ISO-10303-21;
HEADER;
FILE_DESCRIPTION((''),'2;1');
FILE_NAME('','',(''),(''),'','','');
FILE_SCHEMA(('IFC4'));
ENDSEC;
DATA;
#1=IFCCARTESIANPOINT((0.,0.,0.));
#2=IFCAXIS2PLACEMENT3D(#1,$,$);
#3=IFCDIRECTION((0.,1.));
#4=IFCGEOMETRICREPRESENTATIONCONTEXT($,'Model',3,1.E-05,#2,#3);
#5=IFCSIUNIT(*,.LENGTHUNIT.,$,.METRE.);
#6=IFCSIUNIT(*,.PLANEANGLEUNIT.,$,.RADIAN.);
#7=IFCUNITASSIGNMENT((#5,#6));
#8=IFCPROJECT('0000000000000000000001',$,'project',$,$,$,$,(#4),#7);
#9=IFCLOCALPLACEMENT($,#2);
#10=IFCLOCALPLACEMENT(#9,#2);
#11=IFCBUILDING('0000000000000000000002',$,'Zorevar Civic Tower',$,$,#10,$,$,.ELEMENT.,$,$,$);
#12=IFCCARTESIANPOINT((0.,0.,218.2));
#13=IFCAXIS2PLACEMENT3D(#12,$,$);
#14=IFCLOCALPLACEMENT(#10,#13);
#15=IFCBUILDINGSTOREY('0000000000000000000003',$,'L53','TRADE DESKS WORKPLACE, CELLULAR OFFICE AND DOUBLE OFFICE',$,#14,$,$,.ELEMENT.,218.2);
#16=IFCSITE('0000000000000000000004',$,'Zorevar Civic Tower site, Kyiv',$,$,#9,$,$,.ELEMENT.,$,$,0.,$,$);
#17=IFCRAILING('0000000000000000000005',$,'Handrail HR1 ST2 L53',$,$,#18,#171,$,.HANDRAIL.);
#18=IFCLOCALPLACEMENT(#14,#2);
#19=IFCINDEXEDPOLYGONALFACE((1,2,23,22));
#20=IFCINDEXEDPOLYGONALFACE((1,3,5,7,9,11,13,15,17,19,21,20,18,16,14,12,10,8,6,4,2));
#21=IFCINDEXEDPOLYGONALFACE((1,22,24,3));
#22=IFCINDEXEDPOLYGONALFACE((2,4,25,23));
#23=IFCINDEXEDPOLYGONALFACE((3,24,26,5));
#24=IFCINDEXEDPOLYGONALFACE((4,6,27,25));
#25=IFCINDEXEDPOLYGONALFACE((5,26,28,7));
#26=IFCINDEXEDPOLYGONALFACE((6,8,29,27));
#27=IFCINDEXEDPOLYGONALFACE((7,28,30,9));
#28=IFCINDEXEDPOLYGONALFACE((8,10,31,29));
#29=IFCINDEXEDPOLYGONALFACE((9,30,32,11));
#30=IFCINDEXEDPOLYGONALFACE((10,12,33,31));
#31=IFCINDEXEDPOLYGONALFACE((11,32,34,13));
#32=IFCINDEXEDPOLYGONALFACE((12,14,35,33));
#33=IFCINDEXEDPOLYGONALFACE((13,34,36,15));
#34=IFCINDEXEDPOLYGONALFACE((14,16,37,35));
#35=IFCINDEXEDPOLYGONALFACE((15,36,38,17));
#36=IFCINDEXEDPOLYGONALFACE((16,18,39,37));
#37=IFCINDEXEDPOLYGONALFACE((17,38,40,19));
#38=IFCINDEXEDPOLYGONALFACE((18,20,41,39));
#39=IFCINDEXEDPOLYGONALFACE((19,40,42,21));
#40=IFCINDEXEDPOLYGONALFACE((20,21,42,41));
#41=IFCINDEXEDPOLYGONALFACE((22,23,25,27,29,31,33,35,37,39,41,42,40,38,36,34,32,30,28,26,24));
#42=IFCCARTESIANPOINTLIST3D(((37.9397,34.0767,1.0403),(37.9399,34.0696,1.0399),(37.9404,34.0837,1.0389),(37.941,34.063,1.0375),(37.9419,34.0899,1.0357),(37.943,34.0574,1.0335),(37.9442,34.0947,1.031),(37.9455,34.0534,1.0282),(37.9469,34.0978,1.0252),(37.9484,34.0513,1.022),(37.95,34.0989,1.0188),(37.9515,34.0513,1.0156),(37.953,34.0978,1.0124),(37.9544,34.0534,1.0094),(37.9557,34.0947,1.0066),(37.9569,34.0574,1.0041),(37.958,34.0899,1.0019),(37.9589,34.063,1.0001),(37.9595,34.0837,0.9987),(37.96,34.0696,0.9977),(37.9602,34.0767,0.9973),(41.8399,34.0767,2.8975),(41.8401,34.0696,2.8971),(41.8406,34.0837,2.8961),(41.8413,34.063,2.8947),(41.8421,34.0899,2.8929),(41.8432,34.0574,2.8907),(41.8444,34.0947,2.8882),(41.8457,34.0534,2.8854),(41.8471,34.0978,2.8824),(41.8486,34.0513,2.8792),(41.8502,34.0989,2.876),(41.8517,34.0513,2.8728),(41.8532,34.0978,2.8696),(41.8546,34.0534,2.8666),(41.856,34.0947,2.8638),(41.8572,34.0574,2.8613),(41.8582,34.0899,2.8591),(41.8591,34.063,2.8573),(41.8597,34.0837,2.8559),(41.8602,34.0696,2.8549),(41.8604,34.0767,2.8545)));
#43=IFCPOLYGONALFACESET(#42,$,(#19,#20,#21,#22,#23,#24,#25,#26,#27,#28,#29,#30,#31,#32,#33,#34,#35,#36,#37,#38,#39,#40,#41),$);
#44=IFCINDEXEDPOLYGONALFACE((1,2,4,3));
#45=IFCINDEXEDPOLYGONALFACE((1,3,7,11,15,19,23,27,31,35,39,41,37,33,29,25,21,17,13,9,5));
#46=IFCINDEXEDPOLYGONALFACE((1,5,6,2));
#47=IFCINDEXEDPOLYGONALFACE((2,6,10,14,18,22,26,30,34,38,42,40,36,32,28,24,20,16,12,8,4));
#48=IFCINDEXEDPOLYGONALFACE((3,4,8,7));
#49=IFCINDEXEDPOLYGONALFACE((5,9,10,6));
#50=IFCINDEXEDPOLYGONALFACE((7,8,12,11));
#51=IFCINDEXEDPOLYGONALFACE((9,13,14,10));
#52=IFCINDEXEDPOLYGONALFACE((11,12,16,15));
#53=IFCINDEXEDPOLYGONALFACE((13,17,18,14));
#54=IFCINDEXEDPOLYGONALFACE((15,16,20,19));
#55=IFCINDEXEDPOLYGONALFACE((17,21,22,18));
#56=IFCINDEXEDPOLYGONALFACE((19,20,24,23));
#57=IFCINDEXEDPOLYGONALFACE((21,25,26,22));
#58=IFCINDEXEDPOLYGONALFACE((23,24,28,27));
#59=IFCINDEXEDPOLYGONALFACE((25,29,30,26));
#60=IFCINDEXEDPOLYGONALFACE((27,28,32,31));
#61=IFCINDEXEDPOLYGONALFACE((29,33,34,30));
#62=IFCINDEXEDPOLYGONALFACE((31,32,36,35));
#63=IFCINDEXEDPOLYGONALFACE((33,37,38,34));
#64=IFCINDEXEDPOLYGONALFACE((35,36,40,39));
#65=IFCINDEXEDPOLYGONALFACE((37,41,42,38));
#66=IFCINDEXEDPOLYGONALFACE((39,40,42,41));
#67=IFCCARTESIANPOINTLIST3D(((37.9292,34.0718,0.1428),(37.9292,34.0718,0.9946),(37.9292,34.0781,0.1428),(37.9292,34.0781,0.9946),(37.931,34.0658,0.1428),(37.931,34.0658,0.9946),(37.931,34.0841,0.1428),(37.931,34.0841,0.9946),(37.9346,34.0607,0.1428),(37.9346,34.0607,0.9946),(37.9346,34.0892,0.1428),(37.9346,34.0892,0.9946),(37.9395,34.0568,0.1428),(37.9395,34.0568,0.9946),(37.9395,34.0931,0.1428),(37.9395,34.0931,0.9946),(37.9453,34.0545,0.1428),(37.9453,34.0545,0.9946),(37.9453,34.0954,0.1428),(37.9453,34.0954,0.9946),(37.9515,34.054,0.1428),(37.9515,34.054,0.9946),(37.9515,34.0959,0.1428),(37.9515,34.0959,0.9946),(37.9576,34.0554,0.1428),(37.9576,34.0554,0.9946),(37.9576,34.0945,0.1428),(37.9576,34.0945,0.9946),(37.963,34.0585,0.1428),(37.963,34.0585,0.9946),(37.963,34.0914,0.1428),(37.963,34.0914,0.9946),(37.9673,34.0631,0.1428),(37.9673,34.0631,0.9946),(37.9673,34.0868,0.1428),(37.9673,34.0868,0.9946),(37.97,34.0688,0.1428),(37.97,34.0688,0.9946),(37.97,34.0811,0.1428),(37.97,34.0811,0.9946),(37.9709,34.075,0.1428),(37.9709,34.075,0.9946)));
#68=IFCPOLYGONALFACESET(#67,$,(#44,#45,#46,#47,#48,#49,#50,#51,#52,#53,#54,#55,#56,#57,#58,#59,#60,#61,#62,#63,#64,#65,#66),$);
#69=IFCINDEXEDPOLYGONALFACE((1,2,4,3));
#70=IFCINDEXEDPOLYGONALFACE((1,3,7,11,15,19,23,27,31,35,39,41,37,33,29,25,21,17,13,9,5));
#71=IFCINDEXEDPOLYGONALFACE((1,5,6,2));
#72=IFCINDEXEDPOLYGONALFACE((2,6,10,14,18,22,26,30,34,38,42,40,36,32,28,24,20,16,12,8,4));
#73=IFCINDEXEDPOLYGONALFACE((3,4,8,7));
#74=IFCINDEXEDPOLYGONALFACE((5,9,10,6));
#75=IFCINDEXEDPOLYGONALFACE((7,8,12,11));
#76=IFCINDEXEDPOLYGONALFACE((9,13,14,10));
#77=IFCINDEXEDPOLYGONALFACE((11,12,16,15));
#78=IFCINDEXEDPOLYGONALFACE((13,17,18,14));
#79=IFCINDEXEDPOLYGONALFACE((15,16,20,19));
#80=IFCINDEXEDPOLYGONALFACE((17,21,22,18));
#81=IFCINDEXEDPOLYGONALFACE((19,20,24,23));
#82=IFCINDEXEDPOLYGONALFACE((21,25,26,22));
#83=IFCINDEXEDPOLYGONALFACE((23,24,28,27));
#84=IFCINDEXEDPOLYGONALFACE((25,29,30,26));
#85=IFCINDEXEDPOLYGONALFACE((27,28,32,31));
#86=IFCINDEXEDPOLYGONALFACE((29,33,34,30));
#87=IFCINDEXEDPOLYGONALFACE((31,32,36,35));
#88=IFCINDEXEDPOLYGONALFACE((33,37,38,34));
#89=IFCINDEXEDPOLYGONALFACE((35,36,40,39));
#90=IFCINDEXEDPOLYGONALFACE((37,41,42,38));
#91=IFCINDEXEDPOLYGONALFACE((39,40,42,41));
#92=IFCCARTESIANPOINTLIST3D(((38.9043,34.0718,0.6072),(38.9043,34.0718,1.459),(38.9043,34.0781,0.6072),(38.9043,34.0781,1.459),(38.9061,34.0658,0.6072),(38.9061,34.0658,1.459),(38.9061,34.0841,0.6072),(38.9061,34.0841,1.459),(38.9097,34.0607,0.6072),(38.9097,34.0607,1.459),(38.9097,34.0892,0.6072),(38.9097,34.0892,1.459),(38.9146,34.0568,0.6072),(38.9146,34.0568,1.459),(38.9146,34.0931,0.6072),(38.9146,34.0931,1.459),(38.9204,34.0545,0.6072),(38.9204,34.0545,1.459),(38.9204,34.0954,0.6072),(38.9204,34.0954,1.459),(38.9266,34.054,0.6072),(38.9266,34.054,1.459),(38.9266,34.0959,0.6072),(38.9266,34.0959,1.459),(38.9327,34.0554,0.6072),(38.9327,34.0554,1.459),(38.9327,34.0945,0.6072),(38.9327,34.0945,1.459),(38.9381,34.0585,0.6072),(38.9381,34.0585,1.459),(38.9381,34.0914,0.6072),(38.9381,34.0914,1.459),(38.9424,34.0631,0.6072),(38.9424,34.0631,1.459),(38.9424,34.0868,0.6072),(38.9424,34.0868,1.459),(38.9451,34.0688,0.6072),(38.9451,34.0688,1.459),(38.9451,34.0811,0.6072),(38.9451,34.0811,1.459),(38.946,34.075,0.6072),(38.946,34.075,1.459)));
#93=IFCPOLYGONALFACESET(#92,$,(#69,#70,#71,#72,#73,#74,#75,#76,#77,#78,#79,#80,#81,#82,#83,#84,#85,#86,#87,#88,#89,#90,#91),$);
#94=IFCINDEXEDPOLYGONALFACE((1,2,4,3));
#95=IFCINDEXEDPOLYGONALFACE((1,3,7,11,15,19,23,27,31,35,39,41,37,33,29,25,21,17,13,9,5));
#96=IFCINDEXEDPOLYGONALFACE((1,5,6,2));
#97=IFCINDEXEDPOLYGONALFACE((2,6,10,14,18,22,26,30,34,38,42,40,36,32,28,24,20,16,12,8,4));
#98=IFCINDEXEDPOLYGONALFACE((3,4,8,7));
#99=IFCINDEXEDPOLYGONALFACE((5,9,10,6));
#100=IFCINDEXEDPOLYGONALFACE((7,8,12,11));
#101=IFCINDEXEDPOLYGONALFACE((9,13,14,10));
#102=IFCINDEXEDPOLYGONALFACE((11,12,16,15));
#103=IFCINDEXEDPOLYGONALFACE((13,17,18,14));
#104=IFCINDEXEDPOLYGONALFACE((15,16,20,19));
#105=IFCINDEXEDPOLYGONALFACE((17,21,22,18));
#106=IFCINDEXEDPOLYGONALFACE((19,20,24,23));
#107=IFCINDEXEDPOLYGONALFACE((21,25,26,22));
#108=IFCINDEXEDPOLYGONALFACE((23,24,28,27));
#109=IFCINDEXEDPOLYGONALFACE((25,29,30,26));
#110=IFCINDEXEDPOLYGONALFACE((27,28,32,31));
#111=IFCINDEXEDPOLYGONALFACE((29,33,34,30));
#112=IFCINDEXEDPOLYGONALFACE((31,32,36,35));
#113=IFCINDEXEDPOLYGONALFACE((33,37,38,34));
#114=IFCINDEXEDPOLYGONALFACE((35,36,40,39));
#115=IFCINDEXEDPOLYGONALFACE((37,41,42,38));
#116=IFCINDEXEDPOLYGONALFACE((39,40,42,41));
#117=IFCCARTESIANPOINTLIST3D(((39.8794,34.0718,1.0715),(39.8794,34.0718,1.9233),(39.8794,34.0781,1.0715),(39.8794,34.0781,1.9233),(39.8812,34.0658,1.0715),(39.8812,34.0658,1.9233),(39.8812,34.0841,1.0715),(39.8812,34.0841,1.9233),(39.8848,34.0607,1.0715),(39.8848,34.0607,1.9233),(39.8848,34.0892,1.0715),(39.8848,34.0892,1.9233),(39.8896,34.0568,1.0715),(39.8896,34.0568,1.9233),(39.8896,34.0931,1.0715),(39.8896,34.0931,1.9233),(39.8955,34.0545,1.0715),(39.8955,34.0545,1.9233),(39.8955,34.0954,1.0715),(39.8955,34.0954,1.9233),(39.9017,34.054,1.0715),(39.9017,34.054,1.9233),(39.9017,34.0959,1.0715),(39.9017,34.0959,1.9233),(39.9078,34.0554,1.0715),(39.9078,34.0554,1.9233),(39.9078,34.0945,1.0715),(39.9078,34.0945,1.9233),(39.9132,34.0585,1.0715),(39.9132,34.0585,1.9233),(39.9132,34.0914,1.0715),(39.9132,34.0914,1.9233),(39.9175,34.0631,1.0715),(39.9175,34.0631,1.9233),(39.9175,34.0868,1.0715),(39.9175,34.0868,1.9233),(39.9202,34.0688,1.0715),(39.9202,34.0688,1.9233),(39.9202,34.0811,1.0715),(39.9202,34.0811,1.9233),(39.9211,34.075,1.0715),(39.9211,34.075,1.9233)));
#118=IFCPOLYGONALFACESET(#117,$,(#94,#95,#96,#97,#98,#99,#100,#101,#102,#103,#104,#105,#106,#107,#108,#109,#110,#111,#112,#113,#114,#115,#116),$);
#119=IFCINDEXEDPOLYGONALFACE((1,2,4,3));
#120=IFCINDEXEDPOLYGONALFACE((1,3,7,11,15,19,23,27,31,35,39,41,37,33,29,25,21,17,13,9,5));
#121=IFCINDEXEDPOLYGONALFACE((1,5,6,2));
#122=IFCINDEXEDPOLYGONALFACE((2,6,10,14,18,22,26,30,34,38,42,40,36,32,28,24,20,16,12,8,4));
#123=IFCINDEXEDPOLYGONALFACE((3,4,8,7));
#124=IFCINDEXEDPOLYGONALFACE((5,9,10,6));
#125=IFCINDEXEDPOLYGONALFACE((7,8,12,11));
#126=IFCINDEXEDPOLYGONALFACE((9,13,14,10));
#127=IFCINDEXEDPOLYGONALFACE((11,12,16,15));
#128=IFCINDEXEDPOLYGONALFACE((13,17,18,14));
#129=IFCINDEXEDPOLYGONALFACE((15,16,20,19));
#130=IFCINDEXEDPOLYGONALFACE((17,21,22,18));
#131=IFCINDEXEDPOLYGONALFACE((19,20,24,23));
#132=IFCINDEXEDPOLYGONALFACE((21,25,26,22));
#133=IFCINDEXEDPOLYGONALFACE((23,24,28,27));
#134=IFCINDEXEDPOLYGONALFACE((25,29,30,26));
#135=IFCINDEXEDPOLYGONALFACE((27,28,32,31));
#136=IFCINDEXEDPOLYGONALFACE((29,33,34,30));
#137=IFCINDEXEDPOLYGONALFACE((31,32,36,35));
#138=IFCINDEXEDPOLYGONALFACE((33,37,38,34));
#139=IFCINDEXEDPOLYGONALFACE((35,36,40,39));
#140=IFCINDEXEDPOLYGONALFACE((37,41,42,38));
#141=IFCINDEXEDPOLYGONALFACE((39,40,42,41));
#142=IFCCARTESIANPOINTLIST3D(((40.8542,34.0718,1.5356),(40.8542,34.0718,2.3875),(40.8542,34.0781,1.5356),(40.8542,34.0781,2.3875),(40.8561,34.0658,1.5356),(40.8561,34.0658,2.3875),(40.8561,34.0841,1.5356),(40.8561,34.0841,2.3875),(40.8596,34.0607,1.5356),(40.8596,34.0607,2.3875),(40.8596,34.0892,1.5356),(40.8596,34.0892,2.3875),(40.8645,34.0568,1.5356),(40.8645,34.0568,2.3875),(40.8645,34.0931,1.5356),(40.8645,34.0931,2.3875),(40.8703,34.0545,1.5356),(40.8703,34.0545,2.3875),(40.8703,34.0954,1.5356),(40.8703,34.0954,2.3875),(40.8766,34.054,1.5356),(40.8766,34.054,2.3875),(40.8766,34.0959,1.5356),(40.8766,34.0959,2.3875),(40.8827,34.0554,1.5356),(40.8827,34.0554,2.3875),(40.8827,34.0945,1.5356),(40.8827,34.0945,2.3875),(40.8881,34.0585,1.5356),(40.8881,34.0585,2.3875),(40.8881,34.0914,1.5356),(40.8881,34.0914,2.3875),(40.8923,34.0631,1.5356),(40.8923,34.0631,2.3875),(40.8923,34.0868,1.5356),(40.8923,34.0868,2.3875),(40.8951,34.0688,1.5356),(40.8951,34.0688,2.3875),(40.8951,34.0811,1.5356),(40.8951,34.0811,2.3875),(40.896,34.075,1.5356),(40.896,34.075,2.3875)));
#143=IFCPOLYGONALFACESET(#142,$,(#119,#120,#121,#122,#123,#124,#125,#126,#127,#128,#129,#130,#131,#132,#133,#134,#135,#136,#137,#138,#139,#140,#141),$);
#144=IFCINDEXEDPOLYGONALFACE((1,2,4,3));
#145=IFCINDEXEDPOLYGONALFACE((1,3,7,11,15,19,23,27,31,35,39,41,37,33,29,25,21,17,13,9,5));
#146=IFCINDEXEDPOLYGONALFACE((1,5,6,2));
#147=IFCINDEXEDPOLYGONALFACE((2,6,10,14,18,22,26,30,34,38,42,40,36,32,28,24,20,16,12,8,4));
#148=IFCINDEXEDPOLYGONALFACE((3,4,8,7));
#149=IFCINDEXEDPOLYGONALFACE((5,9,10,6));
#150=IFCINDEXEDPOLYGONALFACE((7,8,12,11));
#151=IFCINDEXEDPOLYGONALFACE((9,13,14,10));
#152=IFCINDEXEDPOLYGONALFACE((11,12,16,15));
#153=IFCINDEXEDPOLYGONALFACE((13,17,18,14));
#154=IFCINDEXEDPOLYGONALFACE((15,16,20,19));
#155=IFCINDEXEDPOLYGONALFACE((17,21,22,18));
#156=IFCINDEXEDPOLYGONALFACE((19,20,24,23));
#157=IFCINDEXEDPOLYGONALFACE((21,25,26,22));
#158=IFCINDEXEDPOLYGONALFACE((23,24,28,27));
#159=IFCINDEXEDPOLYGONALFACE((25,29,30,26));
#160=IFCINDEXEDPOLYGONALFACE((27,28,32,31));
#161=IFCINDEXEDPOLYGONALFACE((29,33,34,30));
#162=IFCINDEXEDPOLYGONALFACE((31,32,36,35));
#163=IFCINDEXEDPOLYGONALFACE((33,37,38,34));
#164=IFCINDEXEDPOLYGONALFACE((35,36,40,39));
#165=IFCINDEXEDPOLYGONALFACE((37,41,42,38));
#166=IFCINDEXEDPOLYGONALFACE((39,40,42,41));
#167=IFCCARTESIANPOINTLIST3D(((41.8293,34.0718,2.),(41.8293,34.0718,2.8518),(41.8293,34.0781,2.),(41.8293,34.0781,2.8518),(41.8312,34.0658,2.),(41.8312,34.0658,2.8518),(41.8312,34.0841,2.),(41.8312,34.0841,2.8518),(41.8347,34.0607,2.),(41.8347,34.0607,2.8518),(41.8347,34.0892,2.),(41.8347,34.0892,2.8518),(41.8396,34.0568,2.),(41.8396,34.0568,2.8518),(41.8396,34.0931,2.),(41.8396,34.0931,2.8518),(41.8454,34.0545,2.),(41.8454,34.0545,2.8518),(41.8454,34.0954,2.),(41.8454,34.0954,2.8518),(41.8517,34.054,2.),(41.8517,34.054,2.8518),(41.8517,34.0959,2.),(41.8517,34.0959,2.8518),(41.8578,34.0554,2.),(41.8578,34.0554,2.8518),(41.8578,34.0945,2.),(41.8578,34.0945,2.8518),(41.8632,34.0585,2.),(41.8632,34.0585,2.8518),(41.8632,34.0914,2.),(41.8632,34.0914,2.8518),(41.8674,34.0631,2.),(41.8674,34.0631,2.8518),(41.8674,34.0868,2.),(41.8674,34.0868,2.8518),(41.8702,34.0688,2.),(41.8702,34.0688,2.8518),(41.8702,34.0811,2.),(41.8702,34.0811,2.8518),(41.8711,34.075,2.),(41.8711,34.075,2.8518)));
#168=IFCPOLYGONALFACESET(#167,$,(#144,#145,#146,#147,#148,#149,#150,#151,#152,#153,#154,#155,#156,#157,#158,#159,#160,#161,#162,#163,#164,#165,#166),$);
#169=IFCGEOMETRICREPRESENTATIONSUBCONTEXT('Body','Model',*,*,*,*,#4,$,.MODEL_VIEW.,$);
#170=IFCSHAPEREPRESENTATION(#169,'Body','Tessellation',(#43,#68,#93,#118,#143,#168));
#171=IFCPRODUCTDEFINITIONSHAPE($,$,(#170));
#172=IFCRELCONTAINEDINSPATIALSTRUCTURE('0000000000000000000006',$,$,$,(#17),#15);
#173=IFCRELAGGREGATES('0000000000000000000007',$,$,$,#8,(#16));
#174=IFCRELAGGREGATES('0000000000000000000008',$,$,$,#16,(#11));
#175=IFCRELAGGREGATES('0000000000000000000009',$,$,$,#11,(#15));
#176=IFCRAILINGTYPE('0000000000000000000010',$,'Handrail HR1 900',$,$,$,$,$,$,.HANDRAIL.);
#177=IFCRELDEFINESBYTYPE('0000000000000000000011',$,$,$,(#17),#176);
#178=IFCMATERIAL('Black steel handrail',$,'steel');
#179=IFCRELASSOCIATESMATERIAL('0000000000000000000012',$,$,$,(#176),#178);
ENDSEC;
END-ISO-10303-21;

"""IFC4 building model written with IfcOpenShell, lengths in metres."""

from ifc_helpers import new_model, si_unit, direction, frame, origin, origin_2d, place, context, subcontext, project, spatial, circle, extrude, material, type_object, element, save


model = new_model("IFC4")

# Units and contexts
model_context = context("Model", 3, precision=1e-05, world=origin(), true_north=direction((0.0, 1.0)))
body_context = subcontext(model_context, "Body", "Model", "MODEL_VIEW")
ifc_project = project(units=[si_unit("LENGTHUNIT", "METRE"), si_unit("PLANEANGLEUNIT", "RADIAN")], contexts=[model_context])

# Site, building, storey
site_placement = place(None, origin())
site = spatial("IfcSite", under=ifc_project, at=site_placement, Name="Zorevar Civic Tower site, Kyiv", CompositionType="ELEMENT", RefElevation=0.0)
building_placement = place(site_placement, origin())
building = spatial("IfcBuilding", under=site, at=building_placement, Name="Zorevar Civic Tower", CompositionType="ELEMENT")
storey_placement = place(building_placement, frame((0.0, 0.0, 218.2)))
storey = spatial("IfcBuildingStorey", under=building, at=storey_placement, Name="L53", Description="TRADE DESKS WORKPLACE, CELLULAR OFFICE AND DOUBLE OFFICE", CompositionType="ELEMENT", Elevation=218.2)

# Railing
ifc_material_1 = material(Name="Black steel handrail", Category="steel")
railing_type = type_object("IfcRailingType", Name="Handrail HR1 900", PredefinedType="HANDRAIL", material=ifc_material_1)
for number, where, name in (
    (1, (37.95, 34.075, 0.1428), "Handrail HR1 ST2 L53"),
):
    element("IfcRailing", number, at=place(storey_placement, frame(where)), inside=storey, type_object=railing_type, Name=name, PredefinedType="HANDRAIL", context=body_context, shape_type="SweptSolid", body=[
        extrude(circle(Radius=0.0239, at=origin_2d()), frame((0.0, 0.0, 0.876), z_axis=(0.902864, 0.0, 0.429927), x_axis=(0.0, 1.0, 0.0)), (0.0, 0.0, 1.0), 4.3198),
        extrude(circle(Radius=0.021, at=origin_2d()), origin(), (0.0, 0.0, 1.0), 0.8518),
        extrude(circle(Radius=0.021, at=origin_2d()), frame((0.9751, 0.0, 0.4644)), (0.0, 0.0, 1.0), 0.8518),
        extrude(circle(Radius=0.021, at=origin_2d()), frame((1.9502, 0.0, 0.9287)), (0.0, 0.0, 1.0), 0.8518),
        extrude(circle(Radius=0.021, at=origin_2d()), frame((2.925, 0.0, 1.3928)), (0.0, 0.0, 1.0), 0.8518),
        extrude(circle(Radius=0.021, at=origin_2d()), frame((3.9001, 0.0, 1.8572)), (0.0, 0.0, 1.0), 0.8518),
    ])

save(model, "model.ifc")
